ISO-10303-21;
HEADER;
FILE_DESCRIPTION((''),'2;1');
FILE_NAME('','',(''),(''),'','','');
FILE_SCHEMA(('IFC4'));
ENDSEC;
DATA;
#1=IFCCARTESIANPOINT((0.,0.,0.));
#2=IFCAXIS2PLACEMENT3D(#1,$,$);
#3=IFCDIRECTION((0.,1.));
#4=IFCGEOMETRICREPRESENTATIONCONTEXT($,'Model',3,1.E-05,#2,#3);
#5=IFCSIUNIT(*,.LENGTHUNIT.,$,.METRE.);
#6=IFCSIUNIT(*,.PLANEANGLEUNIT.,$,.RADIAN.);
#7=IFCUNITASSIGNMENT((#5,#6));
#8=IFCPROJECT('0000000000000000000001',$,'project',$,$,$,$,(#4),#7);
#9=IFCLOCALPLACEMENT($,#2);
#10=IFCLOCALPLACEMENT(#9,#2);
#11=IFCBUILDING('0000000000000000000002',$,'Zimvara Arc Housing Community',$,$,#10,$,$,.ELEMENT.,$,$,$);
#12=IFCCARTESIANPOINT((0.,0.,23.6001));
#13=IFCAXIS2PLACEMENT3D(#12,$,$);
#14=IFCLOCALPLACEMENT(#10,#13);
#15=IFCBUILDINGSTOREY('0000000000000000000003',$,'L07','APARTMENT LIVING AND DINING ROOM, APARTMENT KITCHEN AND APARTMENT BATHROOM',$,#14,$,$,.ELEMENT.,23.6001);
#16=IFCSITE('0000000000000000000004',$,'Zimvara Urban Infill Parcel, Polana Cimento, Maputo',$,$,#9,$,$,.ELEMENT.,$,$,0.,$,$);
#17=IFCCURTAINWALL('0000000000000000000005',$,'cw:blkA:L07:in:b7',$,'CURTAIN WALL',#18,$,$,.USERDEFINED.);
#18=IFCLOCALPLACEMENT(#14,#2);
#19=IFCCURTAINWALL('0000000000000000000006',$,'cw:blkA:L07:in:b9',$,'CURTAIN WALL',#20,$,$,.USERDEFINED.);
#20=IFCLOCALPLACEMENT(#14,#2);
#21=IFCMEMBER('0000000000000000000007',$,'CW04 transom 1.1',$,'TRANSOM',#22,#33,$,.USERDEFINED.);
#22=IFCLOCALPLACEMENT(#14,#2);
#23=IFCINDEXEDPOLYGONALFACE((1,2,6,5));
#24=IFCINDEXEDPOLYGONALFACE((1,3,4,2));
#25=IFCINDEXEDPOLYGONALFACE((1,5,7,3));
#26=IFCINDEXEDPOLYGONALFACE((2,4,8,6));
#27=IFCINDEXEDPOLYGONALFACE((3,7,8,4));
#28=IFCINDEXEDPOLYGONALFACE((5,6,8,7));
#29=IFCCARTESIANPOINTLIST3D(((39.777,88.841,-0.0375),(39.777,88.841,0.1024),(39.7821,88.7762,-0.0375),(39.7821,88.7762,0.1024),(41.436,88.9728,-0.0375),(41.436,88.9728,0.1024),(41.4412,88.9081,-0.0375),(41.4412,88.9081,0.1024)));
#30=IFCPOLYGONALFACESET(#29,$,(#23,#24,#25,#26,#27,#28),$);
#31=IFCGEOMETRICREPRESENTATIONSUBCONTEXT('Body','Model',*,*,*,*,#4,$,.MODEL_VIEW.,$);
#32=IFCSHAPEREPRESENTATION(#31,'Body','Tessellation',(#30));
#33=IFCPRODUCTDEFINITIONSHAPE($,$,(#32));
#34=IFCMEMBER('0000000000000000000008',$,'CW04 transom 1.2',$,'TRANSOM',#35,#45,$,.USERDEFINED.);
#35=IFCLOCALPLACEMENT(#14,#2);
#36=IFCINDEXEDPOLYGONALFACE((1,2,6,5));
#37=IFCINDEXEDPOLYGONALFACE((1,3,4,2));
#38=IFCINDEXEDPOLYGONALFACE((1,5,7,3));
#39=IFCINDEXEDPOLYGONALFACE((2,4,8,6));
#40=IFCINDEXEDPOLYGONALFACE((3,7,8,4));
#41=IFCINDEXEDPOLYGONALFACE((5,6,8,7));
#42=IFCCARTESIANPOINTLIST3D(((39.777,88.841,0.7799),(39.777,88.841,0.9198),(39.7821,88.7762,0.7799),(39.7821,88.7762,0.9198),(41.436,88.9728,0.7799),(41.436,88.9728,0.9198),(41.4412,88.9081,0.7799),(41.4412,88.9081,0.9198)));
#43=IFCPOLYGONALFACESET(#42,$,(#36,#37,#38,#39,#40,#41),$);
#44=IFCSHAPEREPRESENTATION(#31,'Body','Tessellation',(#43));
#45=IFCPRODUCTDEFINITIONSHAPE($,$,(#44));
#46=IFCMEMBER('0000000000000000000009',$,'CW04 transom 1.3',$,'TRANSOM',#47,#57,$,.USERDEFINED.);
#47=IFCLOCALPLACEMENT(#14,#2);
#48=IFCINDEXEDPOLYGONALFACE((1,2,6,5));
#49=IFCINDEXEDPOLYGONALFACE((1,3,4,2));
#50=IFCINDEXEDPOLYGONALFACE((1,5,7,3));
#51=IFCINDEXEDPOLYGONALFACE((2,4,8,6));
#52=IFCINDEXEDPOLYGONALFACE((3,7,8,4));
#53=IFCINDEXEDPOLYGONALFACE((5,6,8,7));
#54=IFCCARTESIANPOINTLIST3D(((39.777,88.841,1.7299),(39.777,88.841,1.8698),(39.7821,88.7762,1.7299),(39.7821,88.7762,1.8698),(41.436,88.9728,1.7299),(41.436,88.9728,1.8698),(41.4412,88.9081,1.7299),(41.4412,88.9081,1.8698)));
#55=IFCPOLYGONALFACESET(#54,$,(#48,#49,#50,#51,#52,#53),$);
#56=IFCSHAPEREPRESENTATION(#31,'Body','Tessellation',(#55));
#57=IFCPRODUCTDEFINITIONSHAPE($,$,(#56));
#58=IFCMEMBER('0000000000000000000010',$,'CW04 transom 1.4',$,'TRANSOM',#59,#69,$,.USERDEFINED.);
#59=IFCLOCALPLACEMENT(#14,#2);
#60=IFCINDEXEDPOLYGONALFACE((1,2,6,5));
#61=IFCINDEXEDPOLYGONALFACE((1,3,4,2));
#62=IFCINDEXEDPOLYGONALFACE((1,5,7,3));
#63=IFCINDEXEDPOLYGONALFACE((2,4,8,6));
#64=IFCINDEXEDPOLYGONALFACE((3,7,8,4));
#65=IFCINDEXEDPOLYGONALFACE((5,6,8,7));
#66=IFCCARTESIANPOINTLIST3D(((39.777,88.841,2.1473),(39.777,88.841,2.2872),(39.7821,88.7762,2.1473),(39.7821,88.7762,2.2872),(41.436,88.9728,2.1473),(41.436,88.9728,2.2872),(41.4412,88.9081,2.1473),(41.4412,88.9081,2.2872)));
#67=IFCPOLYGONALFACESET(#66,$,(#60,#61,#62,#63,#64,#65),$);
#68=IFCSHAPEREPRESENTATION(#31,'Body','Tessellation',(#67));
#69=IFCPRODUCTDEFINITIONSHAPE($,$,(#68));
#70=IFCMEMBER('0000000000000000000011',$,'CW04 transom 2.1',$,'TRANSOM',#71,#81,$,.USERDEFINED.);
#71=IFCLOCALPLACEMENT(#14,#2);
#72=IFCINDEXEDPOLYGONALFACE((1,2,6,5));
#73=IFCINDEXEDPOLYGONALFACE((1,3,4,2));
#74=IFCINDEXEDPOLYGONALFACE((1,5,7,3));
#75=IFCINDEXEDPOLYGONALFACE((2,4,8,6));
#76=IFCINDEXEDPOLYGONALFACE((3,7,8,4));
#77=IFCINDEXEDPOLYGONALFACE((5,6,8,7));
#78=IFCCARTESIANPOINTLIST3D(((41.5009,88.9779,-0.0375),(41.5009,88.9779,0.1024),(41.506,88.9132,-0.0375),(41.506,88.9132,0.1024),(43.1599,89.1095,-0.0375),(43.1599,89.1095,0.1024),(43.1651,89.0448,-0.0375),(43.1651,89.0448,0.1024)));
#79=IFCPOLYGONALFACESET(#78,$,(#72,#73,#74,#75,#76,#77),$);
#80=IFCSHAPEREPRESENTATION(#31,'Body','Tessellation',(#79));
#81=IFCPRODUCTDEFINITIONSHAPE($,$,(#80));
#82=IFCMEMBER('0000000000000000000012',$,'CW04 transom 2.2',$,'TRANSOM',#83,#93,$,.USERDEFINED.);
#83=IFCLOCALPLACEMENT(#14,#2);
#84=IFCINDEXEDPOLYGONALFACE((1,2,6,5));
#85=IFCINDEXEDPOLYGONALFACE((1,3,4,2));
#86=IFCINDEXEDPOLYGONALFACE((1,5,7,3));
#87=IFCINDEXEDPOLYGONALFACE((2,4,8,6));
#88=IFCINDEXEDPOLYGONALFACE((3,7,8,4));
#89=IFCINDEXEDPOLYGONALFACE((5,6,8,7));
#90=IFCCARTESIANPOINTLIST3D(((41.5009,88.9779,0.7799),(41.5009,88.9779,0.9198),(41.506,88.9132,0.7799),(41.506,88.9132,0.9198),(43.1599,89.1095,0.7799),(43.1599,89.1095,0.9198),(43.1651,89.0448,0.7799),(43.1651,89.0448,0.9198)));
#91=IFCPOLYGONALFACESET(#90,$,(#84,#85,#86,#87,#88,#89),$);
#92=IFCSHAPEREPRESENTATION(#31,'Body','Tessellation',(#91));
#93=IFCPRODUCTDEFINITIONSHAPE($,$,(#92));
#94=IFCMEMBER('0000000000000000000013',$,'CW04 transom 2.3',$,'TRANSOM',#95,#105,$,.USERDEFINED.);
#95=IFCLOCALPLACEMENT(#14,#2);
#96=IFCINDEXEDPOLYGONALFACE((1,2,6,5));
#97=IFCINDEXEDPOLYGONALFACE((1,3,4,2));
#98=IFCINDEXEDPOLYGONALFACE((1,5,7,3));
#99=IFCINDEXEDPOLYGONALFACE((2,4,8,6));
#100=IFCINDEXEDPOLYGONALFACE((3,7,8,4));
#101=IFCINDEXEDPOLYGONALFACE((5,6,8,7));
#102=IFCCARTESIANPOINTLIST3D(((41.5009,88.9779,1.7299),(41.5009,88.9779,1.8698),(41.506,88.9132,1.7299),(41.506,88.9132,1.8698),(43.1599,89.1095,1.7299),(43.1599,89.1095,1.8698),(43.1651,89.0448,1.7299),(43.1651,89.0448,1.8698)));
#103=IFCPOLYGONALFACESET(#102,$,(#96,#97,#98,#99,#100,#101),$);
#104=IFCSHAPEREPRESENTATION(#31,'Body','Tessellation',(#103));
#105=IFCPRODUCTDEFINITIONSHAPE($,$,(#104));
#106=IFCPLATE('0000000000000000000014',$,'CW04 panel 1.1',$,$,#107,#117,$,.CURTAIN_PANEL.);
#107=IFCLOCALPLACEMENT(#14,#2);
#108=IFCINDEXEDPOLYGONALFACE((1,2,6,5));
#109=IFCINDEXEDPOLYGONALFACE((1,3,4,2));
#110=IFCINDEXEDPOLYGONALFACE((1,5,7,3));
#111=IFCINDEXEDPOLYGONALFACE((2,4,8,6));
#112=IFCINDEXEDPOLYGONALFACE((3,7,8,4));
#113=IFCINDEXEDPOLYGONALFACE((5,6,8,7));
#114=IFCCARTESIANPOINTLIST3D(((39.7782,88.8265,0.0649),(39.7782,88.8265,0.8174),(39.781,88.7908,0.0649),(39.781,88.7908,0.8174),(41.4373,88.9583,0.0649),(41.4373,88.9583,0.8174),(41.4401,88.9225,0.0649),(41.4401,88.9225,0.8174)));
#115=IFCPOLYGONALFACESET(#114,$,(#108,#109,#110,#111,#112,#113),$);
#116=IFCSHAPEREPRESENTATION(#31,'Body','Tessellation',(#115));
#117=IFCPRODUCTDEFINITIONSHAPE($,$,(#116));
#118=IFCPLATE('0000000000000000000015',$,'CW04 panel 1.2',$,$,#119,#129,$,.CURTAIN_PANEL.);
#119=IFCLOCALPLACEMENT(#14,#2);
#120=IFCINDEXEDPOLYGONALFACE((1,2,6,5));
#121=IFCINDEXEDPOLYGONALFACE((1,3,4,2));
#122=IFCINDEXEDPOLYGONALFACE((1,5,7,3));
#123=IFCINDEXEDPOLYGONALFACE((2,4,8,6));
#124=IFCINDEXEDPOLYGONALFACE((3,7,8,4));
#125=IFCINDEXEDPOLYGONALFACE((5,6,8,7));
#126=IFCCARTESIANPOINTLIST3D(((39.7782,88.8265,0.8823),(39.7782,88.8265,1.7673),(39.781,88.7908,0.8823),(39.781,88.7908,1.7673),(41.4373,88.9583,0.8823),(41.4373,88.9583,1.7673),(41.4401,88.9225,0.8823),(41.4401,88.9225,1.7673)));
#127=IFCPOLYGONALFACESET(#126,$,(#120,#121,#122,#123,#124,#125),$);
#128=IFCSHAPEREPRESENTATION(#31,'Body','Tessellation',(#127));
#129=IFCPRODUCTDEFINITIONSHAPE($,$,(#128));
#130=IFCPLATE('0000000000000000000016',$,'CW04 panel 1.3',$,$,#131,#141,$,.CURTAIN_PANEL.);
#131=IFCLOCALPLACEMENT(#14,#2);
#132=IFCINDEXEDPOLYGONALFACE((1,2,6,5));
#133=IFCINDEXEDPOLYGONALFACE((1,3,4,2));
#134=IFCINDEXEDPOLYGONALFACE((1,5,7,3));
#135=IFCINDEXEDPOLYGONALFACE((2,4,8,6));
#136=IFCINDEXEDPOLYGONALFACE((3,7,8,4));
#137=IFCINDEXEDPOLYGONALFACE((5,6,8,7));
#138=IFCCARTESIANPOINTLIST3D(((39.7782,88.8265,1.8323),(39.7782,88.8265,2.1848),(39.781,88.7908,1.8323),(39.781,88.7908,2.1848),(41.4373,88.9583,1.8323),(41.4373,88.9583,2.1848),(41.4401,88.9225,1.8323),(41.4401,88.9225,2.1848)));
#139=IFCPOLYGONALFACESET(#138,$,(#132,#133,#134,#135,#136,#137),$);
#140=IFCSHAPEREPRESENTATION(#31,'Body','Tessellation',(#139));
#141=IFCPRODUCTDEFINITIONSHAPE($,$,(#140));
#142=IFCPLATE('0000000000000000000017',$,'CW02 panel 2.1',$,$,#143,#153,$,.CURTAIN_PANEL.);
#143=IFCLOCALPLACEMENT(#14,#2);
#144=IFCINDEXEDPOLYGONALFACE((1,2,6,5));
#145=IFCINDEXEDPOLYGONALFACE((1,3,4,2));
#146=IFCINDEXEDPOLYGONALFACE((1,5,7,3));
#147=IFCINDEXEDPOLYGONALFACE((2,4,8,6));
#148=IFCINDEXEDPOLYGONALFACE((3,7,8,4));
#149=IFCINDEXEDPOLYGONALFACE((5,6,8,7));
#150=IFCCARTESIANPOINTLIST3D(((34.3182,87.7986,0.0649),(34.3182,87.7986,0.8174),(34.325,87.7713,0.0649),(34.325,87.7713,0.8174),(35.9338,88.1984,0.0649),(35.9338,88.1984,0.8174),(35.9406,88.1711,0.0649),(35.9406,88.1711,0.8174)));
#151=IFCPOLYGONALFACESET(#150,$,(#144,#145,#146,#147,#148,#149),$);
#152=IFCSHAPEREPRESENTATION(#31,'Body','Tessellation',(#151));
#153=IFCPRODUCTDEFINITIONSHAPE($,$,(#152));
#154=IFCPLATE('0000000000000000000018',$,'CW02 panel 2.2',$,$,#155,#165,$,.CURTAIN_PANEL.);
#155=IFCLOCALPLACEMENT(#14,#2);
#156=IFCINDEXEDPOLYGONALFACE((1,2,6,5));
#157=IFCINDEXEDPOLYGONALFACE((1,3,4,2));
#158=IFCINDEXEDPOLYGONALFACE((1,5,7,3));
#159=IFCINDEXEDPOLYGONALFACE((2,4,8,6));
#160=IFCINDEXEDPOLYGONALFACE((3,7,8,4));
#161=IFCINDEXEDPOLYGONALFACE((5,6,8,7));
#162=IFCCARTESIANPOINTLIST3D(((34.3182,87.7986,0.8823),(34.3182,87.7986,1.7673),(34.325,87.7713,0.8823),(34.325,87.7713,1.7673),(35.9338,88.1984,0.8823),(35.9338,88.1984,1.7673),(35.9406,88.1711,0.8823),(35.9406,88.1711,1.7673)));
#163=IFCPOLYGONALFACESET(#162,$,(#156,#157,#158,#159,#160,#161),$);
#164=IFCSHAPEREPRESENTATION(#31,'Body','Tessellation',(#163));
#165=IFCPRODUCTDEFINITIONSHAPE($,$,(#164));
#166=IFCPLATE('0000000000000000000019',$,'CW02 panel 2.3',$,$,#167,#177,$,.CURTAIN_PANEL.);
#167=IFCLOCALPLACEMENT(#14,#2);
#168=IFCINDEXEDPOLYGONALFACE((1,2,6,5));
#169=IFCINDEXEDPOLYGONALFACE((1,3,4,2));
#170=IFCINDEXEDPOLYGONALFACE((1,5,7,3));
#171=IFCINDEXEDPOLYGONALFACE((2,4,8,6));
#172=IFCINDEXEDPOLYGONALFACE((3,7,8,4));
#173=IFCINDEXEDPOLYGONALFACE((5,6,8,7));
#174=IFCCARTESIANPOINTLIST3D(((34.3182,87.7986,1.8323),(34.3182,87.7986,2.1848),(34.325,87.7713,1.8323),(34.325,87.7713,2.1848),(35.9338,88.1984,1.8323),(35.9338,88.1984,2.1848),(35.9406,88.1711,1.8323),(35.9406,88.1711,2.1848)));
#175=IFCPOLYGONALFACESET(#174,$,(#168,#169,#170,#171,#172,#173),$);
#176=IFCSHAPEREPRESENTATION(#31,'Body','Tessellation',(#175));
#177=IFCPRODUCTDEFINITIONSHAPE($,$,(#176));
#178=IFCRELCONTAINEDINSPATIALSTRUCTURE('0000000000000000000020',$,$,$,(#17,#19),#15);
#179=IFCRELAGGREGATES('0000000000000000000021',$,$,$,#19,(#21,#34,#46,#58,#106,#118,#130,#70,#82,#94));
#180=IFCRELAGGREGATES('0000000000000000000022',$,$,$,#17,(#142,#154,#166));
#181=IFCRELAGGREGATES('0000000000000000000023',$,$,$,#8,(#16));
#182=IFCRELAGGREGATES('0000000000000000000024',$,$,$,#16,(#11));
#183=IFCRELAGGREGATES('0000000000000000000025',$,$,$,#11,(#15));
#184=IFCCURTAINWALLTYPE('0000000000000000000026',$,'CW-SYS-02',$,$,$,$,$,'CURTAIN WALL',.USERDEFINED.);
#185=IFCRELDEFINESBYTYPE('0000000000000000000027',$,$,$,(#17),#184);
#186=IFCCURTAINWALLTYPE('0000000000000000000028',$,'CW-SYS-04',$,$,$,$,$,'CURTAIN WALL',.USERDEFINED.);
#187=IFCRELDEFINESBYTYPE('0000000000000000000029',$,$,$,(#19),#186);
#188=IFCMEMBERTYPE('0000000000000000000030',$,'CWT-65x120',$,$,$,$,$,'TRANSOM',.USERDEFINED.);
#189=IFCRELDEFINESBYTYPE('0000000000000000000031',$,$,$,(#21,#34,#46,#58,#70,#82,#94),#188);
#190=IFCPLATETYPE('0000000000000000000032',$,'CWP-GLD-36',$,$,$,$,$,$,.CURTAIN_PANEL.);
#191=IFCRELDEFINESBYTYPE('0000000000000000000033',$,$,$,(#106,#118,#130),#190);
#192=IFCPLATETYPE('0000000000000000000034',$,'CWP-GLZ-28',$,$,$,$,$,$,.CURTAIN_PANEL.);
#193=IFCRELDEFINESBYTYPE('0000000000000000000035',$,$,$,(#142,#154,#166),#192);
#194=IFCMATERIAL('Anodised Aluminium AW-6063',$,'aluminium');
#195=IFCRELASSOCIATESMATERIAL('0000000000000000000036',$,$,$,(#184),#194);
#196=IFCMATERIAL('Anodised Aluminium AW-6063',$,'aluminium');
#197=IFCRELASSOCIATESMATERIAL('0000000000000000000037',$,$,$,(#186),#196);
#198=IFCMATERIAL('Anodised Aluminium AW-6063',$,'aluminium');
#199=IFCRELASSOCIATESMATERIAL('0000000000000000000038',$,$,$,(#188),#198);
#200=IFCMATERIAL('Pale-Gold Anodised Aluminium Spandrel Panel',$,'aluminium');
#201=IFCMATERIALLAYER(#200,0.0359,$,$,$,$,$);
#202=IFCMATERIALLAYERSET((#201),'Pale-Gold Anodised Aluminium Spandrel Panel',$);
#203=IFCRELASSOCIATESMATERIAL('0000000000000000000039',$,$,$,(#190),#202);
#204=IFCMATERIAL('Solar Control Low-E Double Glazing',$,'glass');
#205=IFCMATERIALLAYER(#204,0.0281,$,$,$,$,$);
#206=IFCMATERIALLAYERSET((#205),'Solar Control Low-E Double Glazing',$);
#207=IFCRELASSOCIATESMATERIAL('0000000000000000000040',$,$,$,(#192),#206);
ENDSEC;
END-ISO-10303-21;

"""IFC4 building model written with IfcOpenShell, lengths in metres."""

from ifc_helpers import new_model, si_unit, direction, frame, origin, origin_2d, place, context, subcontext, project, spatial, rectangle, extrude, material, layer, layer_set, material_profile, profile_set, type_object, element, aggregate, save


model = new_model("IFC4")

# Units and contexts
model_context = context("Model", 3, precision=1e-05, world=origin(), true_north=direction((0.0, 1.0)))
body_context = subcontext(model_context, "Body", "Model", "MODEL_VIEW")
ifc_project = project(units=[si_unit("LENGTHUNIT", "METRE"), si_unit("PLANEANGLEUNIT", "RADIAN")], contexts=[model_context])

# Site, building, storey
site_placement = place(None, origin())
site = spatial("IfcSite", under=ifc_project, at=site_placement, Name="Zimvara Urban Infill Parcel, Polana Cimento, Maputo", CompositionType="ELEMENT", RefElevation=0.0)
building_placement = place(site_placement, origin())
building = spatial("IfcBuilding", under=site, at=building_placement, Name="Zimvara Arc Housing Community", CompositionType="ELEMENT")
storey_placement = place(building_placement, frame((0.0, 0.0, 23.6001)))
storey = spatial("IfcBuildingStorey", under=building, at=storey_placement, Name="L07", Description="APARTMENT LIVING AND DINING ROOM, APARTMENT KITCHEN AND APARTMENT BATHROOM", CompositionType="ELEMENT", Elevation=23.6001)

# Curtain wall
ifc_material_1 = material(Name="Anodised Aluminium AW-6063", Category="aluminium")
curtain_wall_type_1 = type_object("IfcCurtainWallType", Name="CW-SYS-02", ElementType="CURTAIN WALL", PredefinedType="USERDEFINED", material=ifc_material_1)
curtain_wall_1_placement = place(storey_placement, origin())
curtain_wall_1 = element("IfcCurtainWall", 1, at=curtain_wall_1_placement, inside=storey, type_object=curtain_wall_type_1, Name="cw:blkA:L07:in:b7", ObjectType="CURTAIN WALL", PredefinedType="USERDEFINED")

# Curtain wall
ifc_material_2 = material(Name="Anodised Aluminium AW-6063", Category="aluminium")
curtain_wall_type_2 = type_object("IfcCurtainWallType", Name="CW-SYS-04", ElementType="CURTAIN WALL", PredefinedType="USERDEFINED", material=ifc_material_2)
curtain_wall_2_placement = place(storey_placement, origin())
curtain_wall_2 = element("IfcCurtainWall", 2, at=curtain_wall_2_placement, inside=storey, type_object=curtain_wall_type_2, Name="cw:blkA:L07:in:b9", ObjectType="CURTAIN WALL", PredefinedType="USERDEFINED")

# Members
ifc_material_3 = material(Name="Anodised Aluminium AW-6063", Category="aluminium")
ifc_material_profile_1 = material_profile(ifc_material_3, rectangle(XDim=0.0649, YDim=0.1399, at=origin_2d()), Name="ALU 65x140")
ifc_profile_set_1 = profile_set([ifc_material_profile_1], Name="Anodised Aluminium AW-6063")
member_type_1 = type_object("IfcMemberType", Name="CWT-65x120", ElementType="TRANSOM", PredefinedType="USERDEFINED", material=ifc_profile_set_1)
member_1_placement = place(storey_placement, frame((39.7795, 88.8086, 0.0325), z_axis=(0.996858, 0.079209, 0.0), x_axis=(-0.079209, 0.996858, 0.0)))
member_1 = element("IfcMember", 3, at=member_1_placement, type_object=member_type_1, Name="CW04 transom 1.1", ObjectType="TRANSOM", PredefinedType="USERDEFINED", context=body_context, shape_type="SweptSolid", body=[
    extrude(rectangle(XDim=0.0649, YDim=0.1399, at=origin_2d()), origin(), (0.0, 0.0, 1.0), 1.6643),
])
member_2_placement = place(storey_placement, frame((39.7795, 88.8086, 0.8499), z_axis=(0.996858, 0.079209, 0.0), x_axis=(-0.079209, 0.996858, 0.0)))
member_2 = element("IfcMember", 4, at=member_2_placement, type_object=member_type_1, Name="CW04 transom 1.2", ObjectType="TRANSOM", PredefinedType="USERDEFINED", context=body_context, shape_type="SweptSolid", body=[
    extrude(rectangle(XDim=0.0649, YDim=0.1399, at=origin_2d()), origin(), (0.0, 0.0, 1.0), 1.6643),
])
member_3_placement = place(storey_placement, frame((39.7795, 88.8086, 1.7998), z_axis=(0.996858, 0.079209, 0.0), x_axis=(-0.079209, 0.996858, 0.0)))
member_3 = element("IfcMember", 5, at=member_3_placement, type_object=member_type_1, Name="CW04 transom 1.3", ObjectType="TRANSOM", PredefinedType="USERDEFINED", context=body_context, shape_type="SweptSolid", body=[
    extrude(rectangle(XDim=0.0649, YDim=0.1399, at=origin_2d()), origin(), (0.0, 0.0, 1.0), 1.6643),
])
member_4_placement = place(storey_placement, frame((39.7795, 88.8086, 2.2173), z_axis=(0.996858, 0.079209, 0.0), x_axis=(-0.079209, 0.996858, 0.0)))
member_4 = element("IfcMember", 6, at=member_4_placement, type_object=member_type_1, Name="CW04 transom 1.4", ObjectType="TRANSOM", PredefinedType="USERDEFINED", context=body_context, shape_type="SweptSolid", body=[
    extrude(rectangle(XDim=0.0649, YDim=0.1399, at=origin_2d()), origin(), (0.0, 0.0, 1.0), 1.6643),
])
member_5_placement = place(storey_placement, frame((41.5034, 88.9456, 0.0325), z_axis=(0.99687, 0.079063, 0.0), x_axis=(-0.079063, 0.99687, 0.0)))
member_5 = element("IfcMember", 7, at=member_5_placement, type_object=member_type_1, Name="CW04 transom 2.1", ObjectType="TRANSOM", PredefinedType="USERDEFINED", context=body_context, shape_type="SweptSolid", body=[
    extrude(rectangle(XDim=0.0649, YDim=0.1399, at=origin_2d()), origin(), (0.0, 0.0, 1.0), 1.6643),
])
member_6_placement = place(storey_placement, frame((41.5034, 88.9456, 0.8499), z_axis=(0.99687, 0.079063, 0.0), x_axis=(-0.079063, 0.99687, 0.0)))
member_6 = element("IfcMember", 8, at=member_6_placement, type_object=member_type_1, Name="CW04 transom 2.2", ObjectType="TRANSOM", PredefinedType="USERDEFINED", context=body_context, shape_type="SweptSolid", body=[
    extrude(rectangle(XDim=0.0649, YDim=0.1399, at=origin_2d()), origin(), (0.0, 0.0, 1.0), 1.6643),
])
member_7_placement = place(storey_placement, frame((41.5034, 88.9456, 1.7998), z_axis=(0.99687, 0.079063, 0.0), x_axis=(-0.079063, 0.99687, 0.0)))
member_7 = element("IfcMember", 9, at=member_7_placement, type_object=member_type_1, Name="CW04 transom 2.3", ObjectType="TRANSOM", PredefinedType="USERDEFINED", context=body_context, shape_type="SweptSolid", body=[
    extrude(rectangle(XDim=0.0649, YDim=0.1399, at=origin_2d()), origin(), (0.0, 0.0, 1.0), 1.6643),
])

# Plates
ifc_material_4 = material(Name="Pale-Gold Anodised Aluminium Spandrel Panel", Category="aluminium")
ifc_layer_1 = layer(ifc_material_4, 0.0359)
ifc_layer_set_1 = layer_set([ifc_layer_1], Name="Pale-Gold Anodised Aluminium Spandrel Panel")
plate_type_1 = type_object("IfcPlateType", Name="CWP-GLD-36", PredefinedType="CURTAIN_PANEL", material=ifc_layer_set_1)
plate_1_placement = place(storey_placement, frame((40.6091, 88.8745, 0.0649), z_axis=(0.0, 0.0, 1.0), x_axis=(0.996862, 0.079155, 0.0)))
plate_1 = element("IfcPlate", 10, at=plate_1_placement, type_object=plate_type_1, Name="CW04 panel 1.1", PredefinedType="CURTAIN_PANEL", context=body_context, shape_type="SweptSolid", body=[
    extrude(rectangle(XDim=1.6643, YDim=0.0359, at=origin_2d()), origin(), (0.0, 0.0, 1.0), 0.7524),
])
plate_2_placement = place(storey_placement, frame((40.6091, 88.8745, 0.8823), z_axis=(0.0, 0.0, 1.0), x_axis=(0.996862, 0.079155, 0.0)))
plate_2 = element("IfcPlate", 11, at=plate_2_placement, type_object=plate_type_1, Name="CW04 panel 1.2", PredefinedType="CURTAIN_PANEL", context=body_context, shape_type="SweptSolid", body=[
    extrude(rectangle(XDim=1.6643, YDim=0.0359, at=origin_2d()), origin(), (0.0, 0.0, 1.0), 0.885),
])
plate_3_placement = place(storey_placement, frame((40.6091, 88.8745, 1.8323), z_axis=(0.0, 0.0, 1.0), x_axis=(0.996862, 0.079155, 0.0)))
plate_3 = element("IfcPlate", 12, at=plate_3_placement, type_object=plate_type_1, Name="CW04 panel 1.3", PredefinedType="CURTAIN_PANEL", context=body_context, shape_type="SweptSolid", body=[
    extrude(rectangle(XDim=1.6643, YDim=0.0359, at=origin_2d()), origin(), (0.0, 0.0, 1.0), 0.3525),
])
aggregate(curtain_wall_2, [member_1, member_2, member_3, member_4, plate_1, plate_2, plate_3, member_5, member_6, member_7])
ifc_material_5 = material(Name="Solar Control Low-E Double Glazing", Category="glass")
ifc_layer_2 = layer(ifc_material_5, 0.0281)
ifc_layer_set_2 = layer_set([ifc_layer_2], Name="Solar Control Low-E Double Glazing")
plate_type_2 = type_object("IfcPlateType", Name="CWP-GLZ-28", PredefinedType="CURTAIN_PANEL", material=ifc_layer_set_2)
plate_4_placement = place(storey_placement, frame((35.1294, 87.9849, 0.0649), z_axis=(0.0, 0.0, 1.0), x_axis=(0.970717, 0.240228, 0.0)))
plate_4 = element("IfcPlate", 13, at=plate_4_placement, type_object=plate_type_2, Name="CW02 panel 2.1", PredefinedType="CURTAIN_PANEL", context=body_context, shape_type="SweptSolid", body=[
    extrude(rectangle(XDim=1.6643, YDim=0.0281, at=origin_2d()), origin(), (0.0, 0.0, 1.0), 0.7524),
])
plate_5_placement = place(storey_placement, frame((35.1294, 87.9849, 0.8823), z_axis=(0.0, 0.0, 1.0), x_axis=(0.970717, 0.240228, 0.0)))
plate_5 = element("IfcPlate", 14, at=plate_5_placement, type_object=plate_type_2, Name="CW02 panel 2.2", PredefinedType="CURTAIN_PANEL", context=body_context, shape_type="SweptSolid", body=[
    extrude(rectangle(XDim=1.6643, YDim=0.0281, at=origin_2d()), origin(), (0.0, 0.0, 1.0), 0.885),
])
plate_6_placement = place(storey_placement, frame((35.1294, 87.9849, 1.8323), z_axis=(0.0, 0.0, 1.0), x_axis=(0.970717, 0.240228, 0.0)))
plate_6 = element("IfcPlate", 15, at=plate_6_placement, type_object=plate_type_2, Name="CW02 panel 2.3", PredefinedType="CURTAIN_PANEL", context=body_context, shape_type="SweptSolid", body=[
    extrude(rectangle(XDim=1.6643, YDim=0.0281, at=origin_2d()), origin(), (0.0, 0.0, 1.0), 0.3525),
])
aggregate(curtain_wall_1, [plate_4, plate_5, plate_6])

save(model, "model.ifc")
